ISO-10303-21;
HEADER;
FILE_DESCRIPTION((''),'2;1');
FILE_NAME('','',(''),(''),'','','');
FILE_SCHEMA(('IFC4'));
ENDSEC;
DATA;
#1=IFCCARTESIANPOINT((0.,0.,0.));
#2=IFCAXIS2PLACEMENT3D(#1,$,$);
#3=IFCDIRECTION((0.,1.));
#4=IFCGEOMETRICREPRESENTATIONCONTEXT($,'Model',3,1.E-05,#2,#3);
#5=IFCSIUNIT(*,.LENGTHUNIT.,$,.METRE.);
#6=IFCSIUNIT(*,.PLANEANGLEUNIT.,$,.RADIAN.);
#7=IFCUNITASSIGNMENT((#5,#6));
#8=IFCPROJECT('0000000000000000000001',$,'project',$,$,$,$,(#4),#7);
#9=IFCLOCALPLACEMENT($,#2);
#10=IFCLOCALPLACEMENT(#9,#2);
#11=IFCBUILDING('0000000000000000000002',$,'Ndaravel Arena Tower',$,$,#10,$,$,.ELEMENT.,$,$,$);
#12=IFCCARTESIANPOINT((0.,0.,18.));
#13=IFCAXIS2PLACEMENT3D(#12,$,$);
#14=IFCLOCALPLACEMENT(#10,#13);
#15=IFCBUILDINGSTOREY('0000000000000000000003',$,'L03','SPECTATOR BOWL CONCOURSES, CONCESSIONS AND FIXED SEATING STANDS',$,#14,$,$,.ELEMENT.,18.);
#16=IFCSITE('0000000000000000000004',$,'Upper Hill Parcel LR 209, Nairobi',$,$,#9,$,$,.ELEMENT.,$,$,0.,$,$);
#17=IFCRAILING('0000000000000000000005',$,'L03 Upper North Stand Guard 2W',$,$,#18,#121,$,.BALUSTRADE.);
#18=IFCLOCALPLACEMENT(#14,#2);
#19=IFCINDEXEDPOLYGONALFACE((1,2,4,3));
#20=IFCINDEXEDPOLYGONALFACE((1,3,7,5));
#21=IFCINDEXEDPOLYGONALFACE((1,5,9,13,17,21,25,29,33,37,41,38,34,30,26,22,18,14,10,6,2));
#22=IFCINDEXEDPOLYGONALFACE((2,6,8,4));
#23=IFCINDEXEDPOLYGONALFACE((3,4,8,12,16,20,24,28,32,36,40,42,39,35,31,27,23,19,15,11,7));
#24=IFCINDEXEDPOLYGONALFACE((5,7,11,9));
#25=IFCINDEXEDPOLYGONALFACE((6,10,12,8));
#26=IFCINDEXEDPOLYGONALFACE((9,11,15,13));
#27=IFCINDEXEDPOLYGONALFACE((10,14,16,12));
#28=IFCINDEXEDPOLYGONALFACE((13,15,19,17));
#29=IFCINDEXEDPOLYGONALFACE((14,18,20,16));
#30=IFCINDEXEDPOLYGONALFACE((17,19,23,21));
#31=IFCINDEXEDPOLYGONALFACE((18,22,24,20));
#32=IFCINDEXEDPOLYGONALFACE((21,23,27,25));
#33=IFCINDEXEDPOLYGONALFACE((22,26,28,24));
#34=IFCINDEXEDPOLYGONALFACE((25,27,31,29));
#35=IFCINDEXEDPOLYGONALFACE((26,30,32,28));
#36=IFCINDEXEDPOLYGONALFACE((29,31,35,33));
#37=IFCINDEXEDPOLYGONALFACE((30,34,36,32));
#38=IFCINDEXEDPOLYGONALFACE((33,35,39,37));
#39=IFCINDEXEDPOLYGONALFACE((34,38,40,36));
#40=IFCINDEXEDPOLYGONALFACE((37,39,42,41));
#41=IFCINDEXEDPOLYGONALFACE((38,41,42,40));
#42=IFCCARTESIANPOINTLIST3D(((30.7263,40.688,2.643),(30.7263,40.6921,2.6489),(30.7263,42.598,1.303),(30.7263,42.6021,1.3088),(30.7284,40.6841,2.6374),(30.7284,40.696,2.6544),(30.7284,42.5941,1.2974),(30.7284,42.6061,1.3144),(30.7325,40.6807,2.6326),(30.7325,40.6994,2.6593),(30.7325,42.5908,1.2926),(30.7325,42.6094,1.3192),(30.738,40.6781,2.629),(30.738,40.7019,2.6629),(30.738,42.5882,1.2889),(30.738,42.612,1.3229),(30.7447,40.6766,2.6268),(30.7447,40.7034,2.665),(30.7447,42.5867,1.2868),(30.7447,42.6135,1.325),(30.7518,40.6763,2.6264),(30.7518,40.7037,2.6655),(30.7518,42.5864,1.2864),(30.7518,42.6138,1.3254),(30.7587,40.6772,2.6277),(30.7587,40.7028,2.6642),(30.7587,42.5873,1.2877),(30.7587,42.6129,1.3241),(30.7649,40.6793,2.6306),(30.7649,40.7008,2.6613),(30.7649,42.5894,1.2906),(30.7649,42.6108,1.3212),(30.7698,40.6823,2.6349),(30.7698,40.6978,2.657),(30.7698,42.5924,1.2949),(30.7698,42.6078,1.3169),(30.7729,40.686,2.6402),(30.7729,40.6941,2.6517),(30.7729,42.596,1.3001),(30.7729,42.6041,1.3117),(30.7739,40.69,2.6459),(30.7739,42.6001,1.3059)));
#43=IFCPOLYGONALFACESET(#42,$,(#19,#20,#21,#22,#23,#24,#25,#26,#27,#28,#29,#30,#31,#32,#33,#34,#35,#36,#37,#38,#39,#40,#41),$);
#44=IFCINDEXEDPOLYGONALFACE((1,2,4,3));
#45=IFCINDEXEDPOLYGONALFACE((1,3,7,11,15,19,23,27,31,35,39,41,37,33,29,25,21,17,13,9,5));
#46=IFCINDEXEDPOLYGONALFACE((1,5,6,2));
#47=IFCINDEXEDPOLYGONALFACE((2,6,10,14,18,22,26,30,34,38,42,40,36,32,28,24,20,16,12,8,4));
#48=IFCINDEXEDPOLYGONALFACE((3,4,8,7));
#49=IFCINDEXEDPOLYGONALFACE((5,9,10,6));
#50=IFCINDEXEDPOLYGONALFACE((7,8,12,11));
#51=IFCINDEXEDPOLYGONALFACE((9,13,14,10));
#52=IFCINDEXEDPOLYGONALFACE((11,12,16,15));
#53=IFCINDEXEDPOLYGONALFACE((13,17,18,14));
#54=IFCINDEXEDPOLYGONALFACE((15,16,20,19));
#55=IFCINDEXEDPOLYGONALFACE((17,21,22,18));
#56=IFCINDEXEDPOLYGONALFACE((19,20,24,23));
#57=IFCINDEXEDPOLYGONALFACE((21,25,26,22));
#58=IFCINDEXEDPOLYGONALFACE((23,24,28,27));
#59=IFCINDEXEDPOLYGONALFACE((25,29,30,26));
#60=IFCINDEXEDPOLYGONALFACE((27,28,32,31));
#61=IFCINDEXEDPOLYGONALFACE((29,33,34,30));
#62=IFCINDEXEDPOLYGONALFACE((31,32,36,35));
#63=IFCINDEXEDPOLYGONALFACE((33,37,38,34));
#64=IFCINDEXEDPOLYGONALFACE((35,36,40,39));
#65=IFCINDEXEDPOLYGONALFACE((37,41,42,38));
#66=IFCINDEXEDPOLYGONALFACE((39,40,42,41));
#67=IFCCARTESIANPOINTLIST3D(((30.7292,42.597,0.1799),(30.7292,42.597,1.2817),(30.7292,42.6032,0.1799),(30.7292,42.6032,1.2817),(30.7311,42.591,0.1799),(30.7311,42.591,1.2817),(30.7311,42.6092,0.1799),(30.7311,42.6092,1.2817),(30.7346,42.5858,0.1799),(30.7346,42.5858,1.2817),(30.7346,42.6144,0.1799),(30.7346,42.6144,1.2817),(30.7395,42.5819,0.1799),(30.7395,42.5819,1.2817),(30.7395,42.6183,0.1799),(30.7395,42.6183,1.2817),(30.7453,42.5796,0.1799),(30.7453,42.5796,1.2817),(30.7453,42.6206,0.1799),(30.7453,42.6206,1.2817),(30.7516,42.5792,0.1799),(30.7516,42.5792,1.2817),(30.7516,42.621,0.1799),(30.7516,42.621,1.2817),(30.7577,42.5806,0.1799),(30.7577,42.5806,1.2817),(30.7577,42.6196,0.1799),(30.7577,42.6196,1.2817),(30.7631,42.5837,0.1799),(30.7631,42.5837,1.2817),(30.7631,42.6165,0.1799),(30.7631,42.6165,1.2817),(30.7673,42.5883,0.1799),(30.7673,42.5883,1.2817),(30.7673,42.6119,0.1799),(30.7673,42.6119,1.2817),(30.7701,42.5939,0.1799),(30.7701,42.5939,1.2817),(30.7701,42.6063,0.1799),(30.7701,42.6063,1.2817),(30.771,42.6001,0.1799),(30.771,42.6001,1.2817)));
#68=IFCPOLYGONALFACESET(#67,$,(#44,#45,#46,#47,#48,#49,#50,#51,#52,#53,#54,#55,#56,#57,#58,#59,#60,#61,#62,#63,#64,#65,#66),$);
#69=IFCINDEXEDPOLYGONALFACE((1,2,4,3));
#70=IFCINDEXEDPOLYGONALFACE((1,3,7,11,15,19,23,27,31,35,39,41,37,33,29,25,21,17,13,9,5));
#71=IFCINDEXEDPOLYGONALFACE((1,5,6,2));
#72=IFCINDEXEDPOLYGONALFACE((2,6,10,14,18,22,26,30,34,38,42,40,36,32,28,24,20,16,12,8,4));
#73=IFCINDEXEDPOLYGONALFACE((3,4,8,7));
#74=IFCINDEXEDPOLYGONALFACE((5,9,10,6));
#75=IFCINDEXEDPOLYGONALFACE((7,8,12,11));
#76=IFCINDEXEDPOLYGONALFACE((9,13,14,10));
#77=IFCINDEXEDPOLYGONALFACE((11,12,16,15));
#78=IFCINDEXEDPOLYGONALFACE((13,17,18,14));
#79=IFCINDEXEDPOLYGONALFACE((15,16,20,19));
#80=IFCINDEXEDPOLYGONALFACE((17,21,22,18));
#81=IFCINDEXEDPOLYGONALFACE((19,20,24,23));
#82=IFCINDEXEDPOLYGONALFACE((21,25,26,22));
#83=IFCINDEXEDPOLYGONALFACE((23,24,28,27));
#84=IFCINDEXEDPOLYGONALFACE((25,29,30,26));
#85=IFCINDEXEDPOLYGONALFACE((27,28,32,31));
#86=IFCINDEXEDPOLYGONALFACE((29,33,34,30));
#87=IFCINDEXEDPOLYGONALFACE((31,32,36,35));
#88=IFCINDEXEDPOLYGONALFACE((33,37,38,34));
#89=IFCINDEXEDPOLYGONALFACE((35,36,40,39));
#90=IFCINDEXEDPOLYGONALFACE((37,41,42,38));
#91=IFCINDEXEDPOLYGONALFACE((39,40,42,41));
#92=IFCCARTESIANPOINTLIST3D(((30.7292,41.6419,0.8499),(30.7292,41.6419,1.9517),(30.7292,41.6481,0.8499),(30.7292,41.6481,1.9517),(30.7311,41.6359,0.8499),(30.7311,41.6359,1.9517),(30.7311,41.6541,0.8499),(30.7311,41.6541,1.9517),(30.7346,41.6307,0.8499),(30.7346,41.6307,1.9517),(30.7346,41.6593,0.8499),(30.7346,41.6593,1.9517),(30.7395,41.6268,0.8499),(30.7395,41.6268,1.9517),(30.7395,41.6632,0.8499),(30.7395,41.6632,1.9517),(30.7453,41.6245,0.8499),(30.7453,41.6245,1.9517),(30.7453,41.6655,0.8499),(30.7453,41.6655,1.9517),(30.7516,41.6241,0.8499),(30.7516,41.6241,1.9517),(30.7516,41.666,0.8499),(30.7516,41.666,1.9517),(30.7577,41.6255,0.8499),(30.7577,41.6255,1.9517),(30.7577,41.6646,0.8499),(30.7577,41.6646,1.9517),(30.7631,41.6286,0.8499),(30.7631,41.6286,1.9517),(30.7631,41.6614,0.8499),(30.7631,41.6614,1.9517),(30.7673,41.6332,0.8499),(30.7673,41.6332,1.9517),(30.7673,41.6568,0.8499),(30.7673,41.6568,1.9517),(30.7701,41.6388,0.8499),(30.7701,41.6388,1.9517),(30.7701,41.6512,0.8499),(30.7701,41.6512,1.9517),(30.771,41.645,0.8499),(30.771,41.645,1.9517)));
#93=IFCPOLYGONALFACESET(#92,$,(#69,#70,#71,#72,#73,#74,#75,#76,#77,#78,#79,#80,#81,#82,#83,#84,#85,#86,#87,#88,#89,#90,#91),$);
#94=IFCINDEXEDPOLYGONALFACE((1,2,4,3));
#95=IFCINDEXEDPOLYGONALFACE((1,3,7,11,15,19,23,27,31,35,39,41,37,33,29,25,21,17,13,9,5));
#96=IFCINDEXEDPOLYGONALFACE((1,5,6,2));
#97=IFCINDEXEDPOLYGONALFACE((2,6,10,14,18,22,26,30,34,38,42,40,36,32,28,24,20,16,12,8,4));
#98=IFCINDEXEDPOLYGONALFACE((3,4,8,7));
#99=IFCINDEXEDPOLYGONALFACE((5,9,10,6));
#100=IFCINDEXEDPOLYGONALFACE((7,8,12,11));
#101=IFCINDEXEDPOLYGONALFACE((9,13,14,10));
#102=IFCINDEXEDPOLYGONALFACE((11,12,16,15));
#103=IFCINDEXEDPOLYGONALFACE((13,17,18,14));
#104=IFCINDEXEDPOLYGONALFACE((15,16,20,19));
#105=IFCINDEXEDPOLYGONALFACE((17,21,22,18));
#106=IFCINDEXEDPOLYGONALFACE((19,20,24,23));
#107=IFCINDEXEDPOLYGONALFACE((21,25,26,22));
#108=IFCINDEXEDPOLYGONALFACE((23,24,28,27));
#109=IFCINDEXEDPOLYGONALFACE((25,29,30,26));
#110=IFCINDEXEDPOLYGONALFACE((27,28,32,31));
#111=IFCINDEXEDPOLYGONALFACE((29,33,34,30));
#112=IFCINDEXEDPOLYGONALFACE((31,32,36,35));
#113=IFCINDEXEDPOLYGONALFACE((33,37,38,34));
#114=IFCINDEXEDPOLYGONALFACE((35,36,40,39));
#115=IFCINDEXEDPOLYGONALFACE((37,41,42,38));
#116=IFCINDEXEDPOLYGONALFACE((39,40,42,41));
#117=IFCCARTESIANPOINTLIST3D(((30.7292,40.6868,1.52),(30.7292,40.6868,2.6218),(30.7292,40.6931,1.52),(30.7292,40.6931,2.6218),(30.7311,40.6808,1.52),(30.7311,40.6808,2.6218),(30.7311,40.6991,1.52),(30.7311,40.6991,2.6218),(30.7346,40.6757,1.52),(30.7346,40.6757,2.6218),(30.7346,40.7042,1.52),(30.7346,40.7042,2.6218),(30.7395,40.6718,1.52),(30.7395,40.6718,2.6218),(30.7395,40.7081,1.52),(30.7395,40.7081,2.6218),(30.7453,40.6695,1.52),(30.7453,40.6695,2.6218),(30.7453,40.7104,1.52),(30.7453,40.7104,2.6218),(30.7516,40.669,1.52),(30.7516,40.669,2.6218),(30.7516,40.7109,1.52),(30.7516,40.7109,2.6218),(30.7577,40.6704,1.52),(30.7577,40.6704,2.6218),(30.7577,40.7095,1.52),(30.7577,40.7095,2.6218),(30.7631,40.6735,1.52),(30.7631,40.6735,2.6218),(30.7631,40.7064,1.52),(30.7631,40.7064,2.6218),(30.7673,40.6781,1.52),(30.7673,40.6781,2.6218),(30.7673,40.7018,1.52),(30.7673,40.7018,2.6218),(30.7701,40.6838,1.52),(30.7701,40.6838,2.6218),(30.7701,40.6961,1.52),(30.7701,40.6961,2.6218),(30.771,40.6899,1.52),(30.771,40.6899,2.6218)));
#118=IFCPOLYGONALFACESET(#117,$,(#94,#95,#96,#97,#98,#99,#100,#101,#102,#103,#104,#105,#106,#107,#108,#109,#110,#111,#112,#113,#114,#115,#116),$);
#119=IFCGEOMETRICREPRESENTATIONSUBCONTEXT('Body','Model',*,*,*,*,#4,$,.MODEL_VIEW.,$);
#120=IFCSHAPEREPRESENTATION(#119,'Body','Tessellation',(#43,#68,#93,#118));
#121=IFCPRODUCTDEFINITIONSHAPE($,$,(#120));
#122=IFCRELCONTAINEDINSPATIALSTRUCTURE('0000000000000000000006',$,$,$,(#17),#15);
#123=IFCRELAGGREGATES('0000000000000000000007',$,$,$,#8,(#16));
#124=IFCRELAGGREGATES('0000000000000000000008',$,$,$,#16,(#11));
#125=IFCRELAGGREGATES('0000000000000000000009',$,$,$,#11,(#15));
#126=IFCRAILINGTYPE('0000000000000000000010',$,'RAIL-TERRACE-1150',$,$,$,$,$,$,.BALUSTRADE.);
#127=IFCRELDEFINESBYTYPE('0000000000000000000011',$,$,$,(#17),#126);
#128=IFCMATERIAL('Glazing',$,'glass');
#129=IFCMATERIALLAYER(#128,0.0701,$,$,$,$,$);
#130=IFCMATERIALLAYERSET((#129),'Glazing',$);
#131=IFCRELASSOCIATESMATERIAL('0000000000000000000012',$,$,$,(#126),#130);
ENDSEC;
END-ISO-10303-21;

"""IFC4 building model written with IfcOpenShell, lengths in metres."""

from ifc_helpers import new_model, si_unit, direction, frame, origin, origin_2d, place, context, subcontext, project, spatial, circle, extrude, material, layer, layer_set, type_object, element, save


model = new_model("IFC4")

# Units and contexts
model_context = context("Model", 3, precision=1e-05, world=origin(), true_north=direction((0.0, 1.0)))
body_context = subcontext(model_context, "Body", "Model", "MODEL_VIEW")
ifc_project = project(units=[si_unit("LENGTHUNIT", "METRE"), si_unit("PLANEANGLEUNIT", "RADIAN")], contexts=[model_context])

# Site, building, storey
site_placement = place(None, origin())
site = spatial("IfcSite", under=ifc_project, at=site_placement, Name="Upper Hill Parcel LR 209, Nairobi", CompositionType="ELEMENT", RefElevation=0.0)
building_placement = place(site_placement, origin())
building = spatial("IfcBuilding", under=site, at=building_placement, Name="Ndaravel Arena Tower", CompositionType="ELEMENT")
storey_placement = place(building_placement, frame((0.0, 0.0, 18.0)))
storey = spatial("IfcBuildingStorey", under=building, at=storey_placement, Name="L03", Description="SPECTATOR BOWL CONCOURSES, CONCESSIONS AND FIXED SEATING STANDS", CompositionType="ELEMENT", Elevation=18.0)

# Railing
ifc_material_1 = material(Name="Glazing", Category="glass")
ifc_layer_1 = layer(ifc_material_1, 0.0701)
ifc_layer_set_1 = layer_set([ifc_layer_1], Name="Glazing")
railing_type = type_object("IfcRailingType", Name="RAIL-TERRACE-1150", PredefinedType="BALUSTRADE", material=ifc_layer_set_1)
railing_1_placement = place(storey_placement, frame((30.75, 42.6001, 0.1799)))
element("IfcRailing", 1, at=railing_1_placement, inside=storey, type_object=railing_type, Name="L03 Upper North Stand Guard 2W", PredefinedType="BALUSTRADE", context=body_context, shape_type="SweptSolid", body=[
    extrude(circle(Radius=0.0239, at=origin_2d()), frame((0.0, 0.0, 1.126), z_axis=(0.0, -0.818632, 0.574319), x_axis=(1.0, 0.0, 0.0)), (0.0, 0.0, 1.0), 2.3333),
    extrude(circle(Radius=0.021, at=origin_2d()), origin(), (0.0, 0.0, 1.0), 1.1018),
    extrude(circle(Radius=0.021, at=origin_2d()), frame((0.0, -0.9551, 0.6699)), (0.0, 0.0, 1.0), 1.1018),
    extrude(circle(Radius=0.021, at=origin_2d()), frame((0.0, -1.9102, 1.3401)), (0.0, 0.0, 1.0), 1.1018),
])

save(model, "model.ifc")
